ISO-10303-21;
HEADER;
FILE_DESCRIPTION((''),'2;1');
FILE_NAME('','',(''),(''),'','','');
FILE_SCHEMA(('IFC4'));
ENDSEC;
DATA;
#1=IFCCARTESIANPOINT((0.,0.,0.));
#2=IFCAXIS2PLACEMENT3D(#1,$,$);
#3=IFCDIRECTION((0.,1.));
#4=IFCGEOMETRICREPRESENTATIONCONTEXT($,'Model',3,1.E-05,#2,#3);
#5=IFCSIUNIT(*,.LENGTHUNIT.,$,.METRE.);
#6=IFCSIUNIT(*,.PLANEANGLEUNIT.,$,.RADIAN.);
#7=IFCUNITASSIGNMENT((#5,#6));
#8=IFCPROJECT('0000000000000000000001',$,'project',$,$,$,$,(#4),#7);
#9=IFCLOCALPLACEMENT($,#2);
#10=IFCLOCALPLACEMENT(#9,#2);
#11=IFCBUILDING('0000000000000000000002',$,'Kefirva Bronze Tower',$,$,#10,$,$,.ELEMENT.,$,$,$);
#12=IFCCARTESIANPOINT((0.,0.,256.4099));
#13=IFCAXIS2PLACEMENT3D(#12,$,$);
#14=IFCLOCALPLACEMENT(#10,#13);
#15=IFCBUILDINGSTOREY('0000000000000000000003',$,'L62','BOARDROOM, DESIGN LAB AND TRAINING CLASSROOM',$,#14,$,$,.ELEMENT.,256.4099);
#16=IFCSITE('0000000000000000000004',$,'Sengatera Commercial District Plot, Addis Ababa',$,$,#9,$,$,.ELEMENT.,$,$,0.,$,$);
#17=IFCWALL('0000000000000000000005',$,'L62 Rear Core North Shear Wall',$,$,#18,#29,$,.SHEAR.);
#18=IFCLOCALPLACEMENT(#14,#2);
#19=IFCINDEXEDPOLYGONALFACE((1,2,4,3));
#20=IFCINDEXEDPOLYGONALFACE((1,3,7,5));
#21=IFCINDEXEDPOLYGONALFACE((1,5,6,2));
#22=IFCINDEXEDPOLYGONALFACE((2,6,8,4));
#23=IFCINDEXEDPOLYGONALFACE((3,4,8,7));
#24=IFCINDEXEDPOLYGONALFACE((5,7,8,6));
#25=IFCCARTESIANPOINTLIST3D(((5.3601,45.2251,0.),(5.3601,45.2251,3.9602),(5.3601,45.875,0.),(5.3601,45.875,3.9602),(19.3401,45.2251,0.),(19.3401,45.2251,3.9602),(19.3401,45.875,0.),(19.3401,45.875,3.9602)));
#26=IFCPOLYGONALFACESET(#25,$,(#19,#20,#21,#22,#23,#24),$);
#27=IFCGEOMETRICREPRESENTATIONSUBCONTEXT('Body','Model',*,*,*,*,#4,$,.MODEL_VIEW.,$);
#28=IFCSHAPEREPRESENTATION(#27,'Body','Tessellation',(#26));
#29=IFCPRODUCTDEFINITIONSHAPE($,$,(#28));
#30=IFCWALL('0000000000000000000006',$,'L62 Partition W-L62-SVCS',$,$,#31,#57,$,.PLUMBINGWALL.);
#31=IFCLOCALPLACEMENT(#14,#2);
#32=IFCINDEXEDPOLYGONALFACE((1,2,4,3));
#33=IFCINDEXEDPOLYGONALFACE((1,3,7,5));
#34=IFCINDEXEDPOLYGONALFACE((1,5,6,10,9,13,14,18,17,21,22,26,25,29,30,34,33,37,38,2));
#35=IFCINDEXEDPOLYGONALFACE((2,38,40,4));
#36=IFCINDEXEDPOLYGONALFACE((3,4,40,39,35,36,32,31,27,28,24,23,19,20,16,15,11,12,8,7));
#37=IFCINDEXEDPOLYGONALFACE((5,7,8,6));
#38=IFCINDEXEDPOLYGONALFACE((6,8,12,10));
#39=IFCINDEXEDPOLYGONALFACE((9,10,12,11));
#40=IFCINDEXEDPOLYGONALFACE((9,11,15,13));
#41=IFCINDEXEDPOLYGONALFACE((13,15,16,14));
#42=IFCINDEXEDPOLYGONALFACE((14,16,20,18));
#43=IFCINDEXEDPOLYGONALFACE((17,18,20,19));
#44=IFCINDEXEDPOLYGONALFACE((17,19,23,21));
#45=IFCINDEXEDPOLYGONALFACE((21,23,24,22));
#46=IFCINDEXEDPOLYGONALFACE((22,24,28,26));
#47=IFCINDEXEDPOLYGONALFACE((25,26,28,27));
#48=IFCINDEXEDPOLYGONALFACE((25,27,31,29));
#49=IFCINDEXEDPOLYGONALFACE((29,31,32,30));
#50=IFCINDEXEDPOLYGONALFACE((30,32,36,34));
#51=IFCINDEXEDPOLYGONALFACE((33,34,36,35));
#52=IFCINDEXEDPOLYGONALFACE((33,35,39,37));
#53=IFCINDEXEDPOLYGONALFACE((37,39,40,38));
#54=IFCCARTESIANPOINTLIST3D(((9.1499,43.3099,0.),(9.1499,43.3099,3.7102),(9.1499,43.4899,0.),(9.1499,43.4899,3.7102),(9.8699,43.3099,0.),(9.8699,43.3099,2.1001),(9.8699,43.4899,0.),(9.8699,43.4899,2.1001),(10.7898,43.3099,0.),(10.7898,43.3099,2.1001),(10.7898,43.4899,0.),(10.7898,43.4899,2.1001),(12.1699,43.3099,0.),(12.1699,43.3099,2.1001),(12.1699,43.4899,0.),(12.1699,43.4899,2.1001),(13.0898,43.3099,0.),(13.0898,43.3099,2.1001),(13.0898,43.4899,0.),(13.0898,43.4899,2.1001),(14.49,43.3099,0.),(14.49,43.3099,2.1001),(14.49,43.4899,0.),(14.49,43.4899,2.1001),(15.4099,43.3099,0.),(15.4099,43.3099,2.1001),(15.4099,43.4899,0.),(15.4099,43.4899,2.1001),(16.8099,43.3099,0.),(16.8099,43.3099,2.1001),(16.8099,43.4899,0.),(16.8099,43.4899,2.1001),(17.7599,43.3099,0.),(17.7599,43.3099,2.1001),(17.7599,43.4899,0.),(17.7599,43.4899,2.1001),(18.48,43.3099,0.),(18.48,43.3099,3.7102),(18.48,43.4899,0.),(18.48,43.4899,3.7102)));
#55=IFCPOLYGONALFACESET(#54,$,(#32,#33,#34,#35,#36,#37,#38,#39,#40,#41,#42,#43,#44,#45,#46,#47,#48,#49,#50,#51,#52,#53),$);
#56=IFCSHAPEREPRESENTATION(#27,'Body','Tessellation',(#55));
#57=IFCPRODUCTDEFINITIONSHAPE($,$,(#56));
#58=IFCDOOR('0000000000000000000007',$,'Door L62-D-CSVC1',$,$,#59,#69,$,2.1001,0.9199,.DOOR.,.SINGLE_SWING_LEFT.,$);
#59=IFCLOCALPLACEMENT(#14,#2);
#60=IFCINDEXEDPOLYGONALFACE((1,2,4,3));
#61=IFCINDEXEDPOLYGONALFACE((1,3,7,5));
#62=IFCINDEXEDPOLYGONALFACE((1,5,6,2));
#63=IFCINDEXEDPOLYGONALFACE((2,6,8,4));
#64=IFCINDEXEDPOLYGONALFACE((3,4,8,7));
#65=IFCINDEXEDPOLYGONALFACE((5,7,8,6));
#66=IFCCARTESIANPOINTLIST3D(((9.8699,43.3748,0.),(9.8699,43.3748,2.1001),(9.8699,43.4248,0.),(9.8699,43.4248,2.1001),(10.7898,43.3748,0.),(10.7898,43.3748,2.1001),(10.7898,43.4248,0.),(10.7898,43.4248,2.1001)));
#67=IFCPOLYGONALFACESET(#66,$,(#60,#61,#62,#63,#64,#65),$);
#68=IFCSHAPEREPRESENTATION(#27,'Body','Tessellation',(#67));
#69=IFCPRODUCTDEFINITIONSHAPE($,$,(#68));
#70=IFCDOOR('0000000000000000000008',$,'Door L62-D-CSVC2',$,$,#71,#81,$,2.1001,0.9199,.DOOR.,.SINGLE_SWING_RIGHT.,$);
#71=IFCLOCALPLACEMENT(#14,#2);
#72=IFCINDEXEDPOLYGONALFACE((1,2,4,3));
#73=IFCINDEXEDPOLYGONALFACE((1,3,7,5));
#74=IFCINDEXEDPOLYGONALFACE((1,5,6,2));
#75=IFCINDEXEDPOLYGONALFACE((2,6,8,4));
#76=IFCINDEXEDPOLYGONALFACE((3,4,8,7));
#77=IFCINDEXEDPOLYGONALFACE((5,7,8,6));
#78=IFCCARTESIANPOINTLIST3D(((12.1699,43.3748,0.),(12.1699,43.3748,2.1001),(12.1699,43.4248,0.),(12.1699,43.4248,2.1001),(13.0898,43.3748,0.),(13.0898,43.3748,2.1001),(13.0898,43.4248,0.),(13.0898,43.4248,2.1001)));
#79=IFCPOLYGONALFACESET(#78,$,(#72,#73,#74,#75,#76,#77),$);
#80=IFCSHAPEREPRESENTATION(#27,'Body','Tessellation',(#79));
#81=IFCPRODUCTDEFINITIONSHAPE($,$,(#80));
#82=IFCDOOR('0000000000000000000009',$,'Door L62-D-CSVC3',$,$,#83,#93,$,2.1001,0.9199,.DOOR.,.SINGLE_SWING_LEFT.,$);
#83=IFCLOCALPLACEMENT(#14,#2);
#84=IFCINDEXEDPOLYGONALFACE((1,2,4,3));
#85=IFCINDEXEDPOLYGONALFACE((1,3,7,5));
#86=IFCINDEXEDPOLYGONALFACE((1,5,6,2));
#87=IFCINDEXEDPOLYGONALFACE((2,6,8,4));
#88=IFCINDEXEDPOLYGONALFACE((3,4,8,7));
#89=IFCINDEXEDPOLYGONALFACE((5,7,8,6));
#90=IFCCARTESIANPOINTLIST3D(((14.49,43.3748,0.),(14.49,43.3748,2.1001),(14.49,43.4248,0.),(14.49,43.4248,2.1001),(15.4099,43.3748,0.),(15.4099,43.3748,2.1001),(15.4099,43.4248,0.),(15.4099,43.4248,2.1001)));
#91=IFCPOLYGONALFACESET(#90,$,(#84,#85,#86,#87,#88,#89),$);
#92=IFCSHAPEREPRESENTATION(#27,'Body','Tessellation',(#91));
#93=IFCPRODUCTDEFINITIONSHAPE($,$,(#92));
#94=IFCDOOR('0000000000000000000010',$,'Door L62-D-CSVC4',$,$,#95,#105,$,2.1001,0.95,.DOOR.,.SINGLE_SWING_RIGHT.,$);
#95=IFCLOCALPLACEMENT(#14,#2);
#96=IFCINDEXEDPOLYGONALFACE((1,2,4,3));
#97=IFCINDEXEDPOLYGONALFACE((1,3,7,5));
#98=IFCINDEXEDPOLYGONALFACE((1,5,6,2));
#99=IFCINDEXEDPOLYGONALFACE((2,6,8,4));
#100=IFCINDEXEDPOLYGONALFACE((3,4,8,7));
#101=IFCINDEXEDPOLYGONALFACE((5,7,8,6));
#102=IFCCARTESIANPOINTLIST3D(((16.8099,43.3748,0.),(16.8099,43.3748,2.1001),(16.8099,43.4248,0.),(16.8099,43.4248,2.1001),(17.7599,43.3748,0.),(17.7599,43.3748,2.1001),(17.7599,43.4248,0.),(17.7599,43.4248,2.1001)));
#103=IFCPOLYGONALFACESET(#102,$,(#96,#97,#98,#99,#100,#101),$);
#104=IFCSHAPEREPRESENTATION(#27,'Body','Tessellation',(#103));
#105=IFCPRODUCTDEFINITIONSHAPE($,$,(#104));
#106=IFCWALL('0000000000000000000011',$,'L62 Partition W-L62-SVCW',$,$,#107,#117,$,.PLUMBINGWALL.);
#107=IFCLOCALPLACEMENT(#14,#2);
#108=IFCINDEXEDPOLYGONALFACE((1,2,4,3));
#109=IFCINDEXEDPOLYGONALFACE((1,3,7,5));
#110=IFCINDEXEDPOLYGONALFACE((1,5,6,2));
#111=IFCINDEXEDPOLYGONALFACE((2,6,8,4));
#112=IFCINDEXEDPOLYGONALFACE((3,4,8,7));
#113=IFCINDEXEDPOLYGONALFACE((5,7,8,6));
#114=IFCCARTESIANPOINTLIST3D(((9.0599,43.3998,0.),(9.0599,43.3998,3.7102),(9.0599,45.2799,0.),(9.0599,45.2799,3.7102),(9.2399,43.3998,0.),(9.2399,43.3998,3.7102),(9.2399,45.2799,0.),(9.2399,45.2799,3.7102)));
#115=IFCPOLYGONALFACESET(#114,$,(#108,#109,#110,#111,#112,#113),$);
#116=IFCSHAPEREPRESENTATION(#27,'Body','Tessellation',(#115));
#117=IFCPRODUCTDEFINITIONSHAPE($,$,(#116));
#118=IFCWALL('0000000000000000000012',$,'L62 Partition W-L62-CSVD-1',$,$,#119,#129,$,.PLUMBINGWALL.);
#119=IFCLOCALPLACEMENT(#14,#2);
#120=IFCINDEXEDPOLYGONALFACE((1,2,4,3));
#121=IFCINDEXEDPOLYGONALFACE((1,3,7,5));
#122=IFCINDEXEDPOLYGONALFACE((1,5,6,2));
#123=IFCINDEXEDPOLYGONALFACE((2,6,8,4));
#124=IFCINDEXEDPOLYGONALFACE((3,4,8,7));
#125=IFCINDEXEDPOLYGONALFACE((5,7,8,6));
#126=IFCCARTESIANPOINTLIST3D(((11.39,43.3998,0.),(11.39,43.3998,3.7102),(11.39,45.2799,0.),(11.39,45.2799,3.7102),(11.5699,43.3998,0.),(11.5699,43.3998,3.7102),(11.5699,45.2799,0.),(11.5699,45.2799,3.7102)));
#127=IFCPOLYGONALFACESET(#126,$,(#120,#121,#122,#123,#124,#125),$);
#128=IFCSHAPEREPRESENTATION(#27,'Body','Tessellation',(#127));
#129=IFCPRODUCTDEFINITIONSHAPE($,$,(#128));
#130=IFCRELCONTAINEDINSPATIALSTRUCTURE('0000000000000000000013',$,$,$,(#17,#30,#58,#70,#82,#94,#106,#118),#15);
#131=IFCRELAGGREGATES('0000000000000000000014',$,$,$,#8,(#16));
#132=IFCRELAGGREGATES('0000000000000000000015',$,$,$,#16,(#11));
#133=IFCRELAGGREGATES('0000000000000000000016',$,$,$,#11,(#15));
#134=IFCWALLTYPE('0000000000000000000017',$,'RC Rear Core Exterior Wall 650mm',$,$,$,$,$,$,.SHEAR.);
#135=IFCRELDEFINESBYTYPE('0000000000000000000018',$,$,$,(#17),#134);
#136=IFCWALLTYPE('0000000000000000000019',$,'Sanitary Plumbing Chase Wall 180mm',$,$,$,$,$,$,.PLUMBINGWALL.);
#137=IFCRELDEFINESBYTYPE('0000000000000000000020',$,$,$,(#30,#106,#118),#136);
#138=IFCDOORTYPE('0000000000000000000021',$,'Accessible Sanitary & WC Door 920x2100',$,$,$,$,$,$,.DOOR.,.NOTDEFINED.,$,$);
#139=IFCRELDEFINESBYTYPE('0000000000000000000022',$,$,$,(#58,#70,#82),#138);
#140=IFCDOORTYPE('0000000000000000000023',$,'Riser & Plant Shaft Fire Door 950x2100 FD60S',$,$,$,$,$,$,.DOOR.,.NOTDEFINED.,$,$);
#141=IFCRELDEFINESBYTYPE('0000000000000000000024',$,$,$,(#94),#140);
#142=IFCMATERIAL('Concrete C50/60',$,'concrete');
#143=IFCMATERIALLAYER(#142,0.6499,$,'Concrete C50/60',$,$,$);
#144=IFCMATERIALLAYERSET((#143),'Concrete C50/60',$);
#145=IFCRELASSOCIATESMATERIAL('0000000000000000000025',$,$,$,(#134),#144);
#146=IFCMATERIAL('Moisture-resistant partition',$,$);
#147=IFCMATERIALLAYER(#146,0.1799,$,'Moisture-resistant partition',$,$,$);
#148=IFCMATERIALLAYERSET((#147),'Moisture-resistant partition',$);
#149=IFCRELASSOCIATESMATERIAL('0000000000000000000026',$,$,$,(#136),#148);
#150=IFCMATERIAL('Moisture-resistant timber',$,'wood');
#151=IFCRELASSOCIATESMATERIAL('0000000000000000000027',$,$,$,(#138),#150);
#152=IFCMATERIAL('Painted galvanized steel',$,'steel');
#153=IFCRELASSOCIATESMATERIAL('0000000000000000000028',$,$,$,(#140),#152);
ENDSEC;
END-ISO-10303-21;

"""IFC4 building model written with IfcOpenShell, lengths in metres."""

from ifc_helpers import new_model, si_unit, direction, frame, frame_2d, origin, place, context, subcontext, project, spatial, rectangle, extrude, material, layer, layer_set, type_object, element, fill, save


model = new_model("IFC4")

# Units and contexts
model_context = context("Model", 3, precision=1e-05, world=origin(), true_north=direction((0.0, 1.0)))
body_context = subcontext(model_context, "Body", "Model", "MODEL_VIEW")
ifc_project = project(units=[si_unit("LENGTHUNIT", "METRE"), si_unit("PLANEANGLEUNIT", "RADIAN")], contexts=[model_context])

# Site, building, storey
site_placement = place(None, origin())
site = spatial("IfcSite", under=ifc_project, at=site_placement, Name="Sengatera Commercial District Plot, Addis Ababa", CompositionType="ELEMENT", RefElevation=0.0)
building_placement = place(site_placement, origin())
building = spatial("IfcBuilding", under=site, at=building_placement, Name="Kefirva Bronze Tower", CompositionType="ELEMENT")
storey_placement = place(building_placement, frame((0.0, 0.0, 256.4099)))
storey = spatial("IfcBuildingStorey", under=building, at=storey_placement, Name="L62", Description="BOARDROOM, DESIGN LAB AND TRAINING CLASSROOM", CompositionType="ELEMENT", Elevation=256.4099)

# Shared definitions
ifc_material_1 = material(Name="Painted galvanized steel", Category="steel")

# Wall
ifc_material_2 = material(Name="Concrete C50/60", Category="concrete")
ifc_layer_1 = layer(ifc_material_2, 0.6499, Name="Concrete C50/60")
ifc_layer_set_1 = layer_set([ifc_layer_1], Name="Concrete C50/60")
wall_type_1 = type_object("IfcWallType", Name="RC Rear Core Exterior Wall 650mm", PredefinedType="SHEAR", material=ifc_layer_set_1)
wall_1_placement = place(storey_placement, frame((5.3601, 45.55, 0.0), z_axis=(0.0, 0.0, 1.0), x_axis=(1.0, 0.0, 0.0)))
element("IfcWall", 1, at=wall_1_placement, inside=storey, type_object=wall_type_1, Name="L62 Rear Core North Shear Wall", PredefinedType="SHEAR", context=body_context, shape_type="SweptSolid", body=[
    extrude(rectangle(XDim=13.98, YDim=0.6499, at=frame_2d((6.99, 0.0))), origin(), (0.0, 0.0, 1.0), 3.9602),
])

# Wall, openings, doors
ifc_material_3 = material(Name="Moisture-resistant partition")
ifc_layer_2 = layer(ifc_material_3, 0.1799, Name="Moisture-resistant partition")
ifc_layer_set_2 = layer_set([ifc_layer_2], Name="Moisture-resistant partition")
wall_type_2 = type_object("IfcWallType", Name="Sanitary Plumbing Chase Wall 180mm", PredefinedType="PLUMBINGWALL", material=ifc_layer_set_2)
wall_2_placement = place(storey_placement, frame((9.1499, 43.3999, 0.0), z_axis=(0.0, 0.0, 1.0), x_axis=(1.0, 0.0, 0.0)))
wall_2 = element("IfcWall", 2, at=wall_2_placement, inside=storey, type_object=wall_type_2, Name="L62 Partition W-L62-SVCS", PredefinedType="PLUMBINGWALL", context=body_context, shape_type="SweptSolid", body=[
    extrude(rectangle(XDim=9.3301, YDim=0.1799, at=frame_2d((4.665, 0.0))), origin(), (0.0, 0.0, 1.0), 3.7102),
])
opening_1_placement = place(wall_2_placement, frame((0.72, 0.0, 0.0)))
opening_1 = element("IfcOpeningElement", 3, at=opening_1_placement, cuts=wall_2, PredefinedType="OPENING", context=body_context, shape_type="SweptSolid", body=[
    extrude(rectangle(XDim=0.9199, YDim=2.1001, at=frame_2d((0.46, 1.05))), frame((0.0, 0.1001, 0.0), z_axis=(0.0, -1.0, 0.0), x_axis=(1.0, 0.0, 0.0)), (0.0, 0.0, 1.0), 0.2),
])
opening_2_placement = place(wall_2_placement, frame((3.02, 0.0, 0.0)))
opening_2 = element("IfcOpeningElement", 4, at=opening_2_placement, cuts=wall_2, PredefinedType="OPENING", context=body_context, shape_type="SweptSolid", body=[
    extrude(rectangle(XDim=0.9199, YDim=2.1001, at=frame_2d((0.46, 1.05))), frame((0.0, 0.1001, 0.0), z_axis=(0.0, -1.0, 0.0), x_axis=(1.0, 0.0, 0.0)), (0.0, 0.0, 1.0), 0.2),
])
opening_3_placement = place(wall_2_placement, frame((5.3401, 0.0, 0.0)))
opening_3 = element("IfcOpeningElement", 5, at=opening_3_placement, cuts=wall_2, PredefinedType="OPENING", context=body_context, shape_type="SweptSolid", body=[
    extrude(rectangle(XDim=0.9199, YDim=2.1001, at=frame_2d((0.46, 1.05))), frame((0.0, 0.1001, 0.0), z_axis=(0.0, -1.0, 0.0), x_axis=(1.0, 0.0, 0.0)), (0.0, 0.0, 1.0), 0.2),
])
opening_4_placement = place(wall_2_placement, frame((7.6599, 0.0, 0.0)))
opening_4 = element("IfcOpeningElement", 6, at=opening_4_placement, cuts=wall_2, PredefinedType="OPENING", context=body_context, shape_type="SweptSolid", body=[
    extrude(rectangle(XDim=0.95, YDim=2.1001, at=frame_2d((0.4751, 1.05))), frame((0.0, 0.1001, 0.0), z_axis=(0.0, -1.0, 0.0), x_axis=(1.0, 0.0, 0.0)), (0.0, 0.0, 1.0), 0.2),
])
ifc_material_4 = material(Name="Moisture-resistant timber", Category="wood")
door_type_1 = type_object("IfcDoorType", Name="Accessible Sanitary & WC Door 920x2100", OperationType="NOTDEFINED", PredefinedType="DOOR", material=ifc_material_4)
door_1_placement = place(opening_1_placement, origin())
door_1 = element("IfcDoor", 7, at=door_1_placement, inside=storey, type_object=door_type_1, Name="Door L62-D-CSVC1", OperationType="SINGLE_SWING_LEFT", OverallHeight=2.1001, OverallWidth=0.9199, PredefinedType="DOOR", context=body_context, shape_type="SweptSolid", body=[
    extrude(rectangle(XDim=0.9199, YDim=2.1001, at=frame_2d((0.46, 1.05))), frame((0.0, 0.0249, 0.0), z_axis=(0.0, -1.0, 0.0), x_axis=(1.0, 0.0, 0.0)), (0.0, 0.0, 1.0), 0.05),
])
fill(opening_1, door_1)
door_2_placement = place(opening_2_placement, origin())
door_2 = element("IfcDoor", 8, at=door_2_placement, inside=storey, type_object=door_type_1, Name="Door L62-D-CSVC2", OperationType="SINGLE_SWING_RIGHT", OverallHeight=2.1001, OverallWidth=0.9199, PredefinedType="DOOR", context=body_context, shape_type="SweptSolid", body=[
    extrude(rectangle(XDim=0.9199, YDim=2.1001, at=frame_2d((0.46, 1.05))), frame((0.0, 0.0249, 0.0), z_axis=(0.0, -1.0, 0.0), x_axis=(1.0, 0.0, 0.0)), (0.0, 0.0, 1.0), 0.05),
])
fill(opening_2, door_2)
door_3_placement = place(opening_3_placement, origin())
door_3 = element("IfcDoor", 9, at=door_3_placement, inside=storey, type_object=door_type_1, Name="Door L62-D-CSVC3", OperationType="SINGLE_SWING_LEFT", OverallHeight=2.1001, OverallWidth=0.9199, PredefinedType="DOOR", context=body_context, shape_type="SweptSolid", body=[
    extrude(rectangle(XDim=0.9199, YDim=2.1001, at=frame_2d((0.46, 1.05))), frame((0.0, 0.0249, 0.0), z_axis=(0.0, -1.0, 0.0), x_axis=(1.0, 0.0, 0.0)), (0.0, 0.0, 1.0), 0.05),
])
fill(opening_3, door_3)
door_type_2 = type_object("IfcDoorType", Name="Riser & Plant Shaft Fire Door 950x2100 FD60S", OperationType="NOTDEFINED", PredefinedType="DOOR", material=ifc_material_1)
door_4_placement = place(opening_4_placement, origin())
door_4 = element("IfcDoor", 10, at=door_4_placement, inside=storey, type_object=door_type_2, Name="Door L62-D-CSVC4", OperationType="SINGLE_SWING_RIGHT", OverallHeight=2.1001, OverallWidth=0.95, PredefinedType="DOOR", context=body_context, shape_type="SweptSolid", body=[
    extrude(rectangle(XDim=0.95, YDim=2.1001, at=frame_2d((0.4751, 1.05))), frame((0.0, 0.0249, 0.0), z_axis=(0.0, -1.0, 0.0), x_axis=(1.0, 0.0, 0.0)), (0.0, 0.0, 1.0), 0.05),
])
fill(opening_4, door_4)

# Walls
for number, where, z_axis, x_axis, name in (
    (11, (9.1499, 43.3999, 0.0), (0.0, 0.0, 1.0), (0.0, 1.0, 0.0), "L62 Partition W-L62-SVCW"),
    (12, (11.48, 43.3999, 0.0), (0.0, 0.0, 1.0), (0.0, 1.0, 0.0), "L62 Partition W-L62-CSVD-1"),
):
    element("IfcWall", number, at=place(storey_placement, frame(where, z_axis=z_axis, x_axis=x_axis)), inside=storey, type_object=wall_type_2, Name=name, PredefinedType="PLUMBINGWALL", context=body_context, shape_type="SweptSolid", body=[
        extrude(rectangle(XDim=1.8801, YDim=0.1799, at=frame_2d((0.9399, 0.0))), origin(), (0.0, 0.0, 1.0), 3.7102),
    ])

save(model, "model.ifc")
